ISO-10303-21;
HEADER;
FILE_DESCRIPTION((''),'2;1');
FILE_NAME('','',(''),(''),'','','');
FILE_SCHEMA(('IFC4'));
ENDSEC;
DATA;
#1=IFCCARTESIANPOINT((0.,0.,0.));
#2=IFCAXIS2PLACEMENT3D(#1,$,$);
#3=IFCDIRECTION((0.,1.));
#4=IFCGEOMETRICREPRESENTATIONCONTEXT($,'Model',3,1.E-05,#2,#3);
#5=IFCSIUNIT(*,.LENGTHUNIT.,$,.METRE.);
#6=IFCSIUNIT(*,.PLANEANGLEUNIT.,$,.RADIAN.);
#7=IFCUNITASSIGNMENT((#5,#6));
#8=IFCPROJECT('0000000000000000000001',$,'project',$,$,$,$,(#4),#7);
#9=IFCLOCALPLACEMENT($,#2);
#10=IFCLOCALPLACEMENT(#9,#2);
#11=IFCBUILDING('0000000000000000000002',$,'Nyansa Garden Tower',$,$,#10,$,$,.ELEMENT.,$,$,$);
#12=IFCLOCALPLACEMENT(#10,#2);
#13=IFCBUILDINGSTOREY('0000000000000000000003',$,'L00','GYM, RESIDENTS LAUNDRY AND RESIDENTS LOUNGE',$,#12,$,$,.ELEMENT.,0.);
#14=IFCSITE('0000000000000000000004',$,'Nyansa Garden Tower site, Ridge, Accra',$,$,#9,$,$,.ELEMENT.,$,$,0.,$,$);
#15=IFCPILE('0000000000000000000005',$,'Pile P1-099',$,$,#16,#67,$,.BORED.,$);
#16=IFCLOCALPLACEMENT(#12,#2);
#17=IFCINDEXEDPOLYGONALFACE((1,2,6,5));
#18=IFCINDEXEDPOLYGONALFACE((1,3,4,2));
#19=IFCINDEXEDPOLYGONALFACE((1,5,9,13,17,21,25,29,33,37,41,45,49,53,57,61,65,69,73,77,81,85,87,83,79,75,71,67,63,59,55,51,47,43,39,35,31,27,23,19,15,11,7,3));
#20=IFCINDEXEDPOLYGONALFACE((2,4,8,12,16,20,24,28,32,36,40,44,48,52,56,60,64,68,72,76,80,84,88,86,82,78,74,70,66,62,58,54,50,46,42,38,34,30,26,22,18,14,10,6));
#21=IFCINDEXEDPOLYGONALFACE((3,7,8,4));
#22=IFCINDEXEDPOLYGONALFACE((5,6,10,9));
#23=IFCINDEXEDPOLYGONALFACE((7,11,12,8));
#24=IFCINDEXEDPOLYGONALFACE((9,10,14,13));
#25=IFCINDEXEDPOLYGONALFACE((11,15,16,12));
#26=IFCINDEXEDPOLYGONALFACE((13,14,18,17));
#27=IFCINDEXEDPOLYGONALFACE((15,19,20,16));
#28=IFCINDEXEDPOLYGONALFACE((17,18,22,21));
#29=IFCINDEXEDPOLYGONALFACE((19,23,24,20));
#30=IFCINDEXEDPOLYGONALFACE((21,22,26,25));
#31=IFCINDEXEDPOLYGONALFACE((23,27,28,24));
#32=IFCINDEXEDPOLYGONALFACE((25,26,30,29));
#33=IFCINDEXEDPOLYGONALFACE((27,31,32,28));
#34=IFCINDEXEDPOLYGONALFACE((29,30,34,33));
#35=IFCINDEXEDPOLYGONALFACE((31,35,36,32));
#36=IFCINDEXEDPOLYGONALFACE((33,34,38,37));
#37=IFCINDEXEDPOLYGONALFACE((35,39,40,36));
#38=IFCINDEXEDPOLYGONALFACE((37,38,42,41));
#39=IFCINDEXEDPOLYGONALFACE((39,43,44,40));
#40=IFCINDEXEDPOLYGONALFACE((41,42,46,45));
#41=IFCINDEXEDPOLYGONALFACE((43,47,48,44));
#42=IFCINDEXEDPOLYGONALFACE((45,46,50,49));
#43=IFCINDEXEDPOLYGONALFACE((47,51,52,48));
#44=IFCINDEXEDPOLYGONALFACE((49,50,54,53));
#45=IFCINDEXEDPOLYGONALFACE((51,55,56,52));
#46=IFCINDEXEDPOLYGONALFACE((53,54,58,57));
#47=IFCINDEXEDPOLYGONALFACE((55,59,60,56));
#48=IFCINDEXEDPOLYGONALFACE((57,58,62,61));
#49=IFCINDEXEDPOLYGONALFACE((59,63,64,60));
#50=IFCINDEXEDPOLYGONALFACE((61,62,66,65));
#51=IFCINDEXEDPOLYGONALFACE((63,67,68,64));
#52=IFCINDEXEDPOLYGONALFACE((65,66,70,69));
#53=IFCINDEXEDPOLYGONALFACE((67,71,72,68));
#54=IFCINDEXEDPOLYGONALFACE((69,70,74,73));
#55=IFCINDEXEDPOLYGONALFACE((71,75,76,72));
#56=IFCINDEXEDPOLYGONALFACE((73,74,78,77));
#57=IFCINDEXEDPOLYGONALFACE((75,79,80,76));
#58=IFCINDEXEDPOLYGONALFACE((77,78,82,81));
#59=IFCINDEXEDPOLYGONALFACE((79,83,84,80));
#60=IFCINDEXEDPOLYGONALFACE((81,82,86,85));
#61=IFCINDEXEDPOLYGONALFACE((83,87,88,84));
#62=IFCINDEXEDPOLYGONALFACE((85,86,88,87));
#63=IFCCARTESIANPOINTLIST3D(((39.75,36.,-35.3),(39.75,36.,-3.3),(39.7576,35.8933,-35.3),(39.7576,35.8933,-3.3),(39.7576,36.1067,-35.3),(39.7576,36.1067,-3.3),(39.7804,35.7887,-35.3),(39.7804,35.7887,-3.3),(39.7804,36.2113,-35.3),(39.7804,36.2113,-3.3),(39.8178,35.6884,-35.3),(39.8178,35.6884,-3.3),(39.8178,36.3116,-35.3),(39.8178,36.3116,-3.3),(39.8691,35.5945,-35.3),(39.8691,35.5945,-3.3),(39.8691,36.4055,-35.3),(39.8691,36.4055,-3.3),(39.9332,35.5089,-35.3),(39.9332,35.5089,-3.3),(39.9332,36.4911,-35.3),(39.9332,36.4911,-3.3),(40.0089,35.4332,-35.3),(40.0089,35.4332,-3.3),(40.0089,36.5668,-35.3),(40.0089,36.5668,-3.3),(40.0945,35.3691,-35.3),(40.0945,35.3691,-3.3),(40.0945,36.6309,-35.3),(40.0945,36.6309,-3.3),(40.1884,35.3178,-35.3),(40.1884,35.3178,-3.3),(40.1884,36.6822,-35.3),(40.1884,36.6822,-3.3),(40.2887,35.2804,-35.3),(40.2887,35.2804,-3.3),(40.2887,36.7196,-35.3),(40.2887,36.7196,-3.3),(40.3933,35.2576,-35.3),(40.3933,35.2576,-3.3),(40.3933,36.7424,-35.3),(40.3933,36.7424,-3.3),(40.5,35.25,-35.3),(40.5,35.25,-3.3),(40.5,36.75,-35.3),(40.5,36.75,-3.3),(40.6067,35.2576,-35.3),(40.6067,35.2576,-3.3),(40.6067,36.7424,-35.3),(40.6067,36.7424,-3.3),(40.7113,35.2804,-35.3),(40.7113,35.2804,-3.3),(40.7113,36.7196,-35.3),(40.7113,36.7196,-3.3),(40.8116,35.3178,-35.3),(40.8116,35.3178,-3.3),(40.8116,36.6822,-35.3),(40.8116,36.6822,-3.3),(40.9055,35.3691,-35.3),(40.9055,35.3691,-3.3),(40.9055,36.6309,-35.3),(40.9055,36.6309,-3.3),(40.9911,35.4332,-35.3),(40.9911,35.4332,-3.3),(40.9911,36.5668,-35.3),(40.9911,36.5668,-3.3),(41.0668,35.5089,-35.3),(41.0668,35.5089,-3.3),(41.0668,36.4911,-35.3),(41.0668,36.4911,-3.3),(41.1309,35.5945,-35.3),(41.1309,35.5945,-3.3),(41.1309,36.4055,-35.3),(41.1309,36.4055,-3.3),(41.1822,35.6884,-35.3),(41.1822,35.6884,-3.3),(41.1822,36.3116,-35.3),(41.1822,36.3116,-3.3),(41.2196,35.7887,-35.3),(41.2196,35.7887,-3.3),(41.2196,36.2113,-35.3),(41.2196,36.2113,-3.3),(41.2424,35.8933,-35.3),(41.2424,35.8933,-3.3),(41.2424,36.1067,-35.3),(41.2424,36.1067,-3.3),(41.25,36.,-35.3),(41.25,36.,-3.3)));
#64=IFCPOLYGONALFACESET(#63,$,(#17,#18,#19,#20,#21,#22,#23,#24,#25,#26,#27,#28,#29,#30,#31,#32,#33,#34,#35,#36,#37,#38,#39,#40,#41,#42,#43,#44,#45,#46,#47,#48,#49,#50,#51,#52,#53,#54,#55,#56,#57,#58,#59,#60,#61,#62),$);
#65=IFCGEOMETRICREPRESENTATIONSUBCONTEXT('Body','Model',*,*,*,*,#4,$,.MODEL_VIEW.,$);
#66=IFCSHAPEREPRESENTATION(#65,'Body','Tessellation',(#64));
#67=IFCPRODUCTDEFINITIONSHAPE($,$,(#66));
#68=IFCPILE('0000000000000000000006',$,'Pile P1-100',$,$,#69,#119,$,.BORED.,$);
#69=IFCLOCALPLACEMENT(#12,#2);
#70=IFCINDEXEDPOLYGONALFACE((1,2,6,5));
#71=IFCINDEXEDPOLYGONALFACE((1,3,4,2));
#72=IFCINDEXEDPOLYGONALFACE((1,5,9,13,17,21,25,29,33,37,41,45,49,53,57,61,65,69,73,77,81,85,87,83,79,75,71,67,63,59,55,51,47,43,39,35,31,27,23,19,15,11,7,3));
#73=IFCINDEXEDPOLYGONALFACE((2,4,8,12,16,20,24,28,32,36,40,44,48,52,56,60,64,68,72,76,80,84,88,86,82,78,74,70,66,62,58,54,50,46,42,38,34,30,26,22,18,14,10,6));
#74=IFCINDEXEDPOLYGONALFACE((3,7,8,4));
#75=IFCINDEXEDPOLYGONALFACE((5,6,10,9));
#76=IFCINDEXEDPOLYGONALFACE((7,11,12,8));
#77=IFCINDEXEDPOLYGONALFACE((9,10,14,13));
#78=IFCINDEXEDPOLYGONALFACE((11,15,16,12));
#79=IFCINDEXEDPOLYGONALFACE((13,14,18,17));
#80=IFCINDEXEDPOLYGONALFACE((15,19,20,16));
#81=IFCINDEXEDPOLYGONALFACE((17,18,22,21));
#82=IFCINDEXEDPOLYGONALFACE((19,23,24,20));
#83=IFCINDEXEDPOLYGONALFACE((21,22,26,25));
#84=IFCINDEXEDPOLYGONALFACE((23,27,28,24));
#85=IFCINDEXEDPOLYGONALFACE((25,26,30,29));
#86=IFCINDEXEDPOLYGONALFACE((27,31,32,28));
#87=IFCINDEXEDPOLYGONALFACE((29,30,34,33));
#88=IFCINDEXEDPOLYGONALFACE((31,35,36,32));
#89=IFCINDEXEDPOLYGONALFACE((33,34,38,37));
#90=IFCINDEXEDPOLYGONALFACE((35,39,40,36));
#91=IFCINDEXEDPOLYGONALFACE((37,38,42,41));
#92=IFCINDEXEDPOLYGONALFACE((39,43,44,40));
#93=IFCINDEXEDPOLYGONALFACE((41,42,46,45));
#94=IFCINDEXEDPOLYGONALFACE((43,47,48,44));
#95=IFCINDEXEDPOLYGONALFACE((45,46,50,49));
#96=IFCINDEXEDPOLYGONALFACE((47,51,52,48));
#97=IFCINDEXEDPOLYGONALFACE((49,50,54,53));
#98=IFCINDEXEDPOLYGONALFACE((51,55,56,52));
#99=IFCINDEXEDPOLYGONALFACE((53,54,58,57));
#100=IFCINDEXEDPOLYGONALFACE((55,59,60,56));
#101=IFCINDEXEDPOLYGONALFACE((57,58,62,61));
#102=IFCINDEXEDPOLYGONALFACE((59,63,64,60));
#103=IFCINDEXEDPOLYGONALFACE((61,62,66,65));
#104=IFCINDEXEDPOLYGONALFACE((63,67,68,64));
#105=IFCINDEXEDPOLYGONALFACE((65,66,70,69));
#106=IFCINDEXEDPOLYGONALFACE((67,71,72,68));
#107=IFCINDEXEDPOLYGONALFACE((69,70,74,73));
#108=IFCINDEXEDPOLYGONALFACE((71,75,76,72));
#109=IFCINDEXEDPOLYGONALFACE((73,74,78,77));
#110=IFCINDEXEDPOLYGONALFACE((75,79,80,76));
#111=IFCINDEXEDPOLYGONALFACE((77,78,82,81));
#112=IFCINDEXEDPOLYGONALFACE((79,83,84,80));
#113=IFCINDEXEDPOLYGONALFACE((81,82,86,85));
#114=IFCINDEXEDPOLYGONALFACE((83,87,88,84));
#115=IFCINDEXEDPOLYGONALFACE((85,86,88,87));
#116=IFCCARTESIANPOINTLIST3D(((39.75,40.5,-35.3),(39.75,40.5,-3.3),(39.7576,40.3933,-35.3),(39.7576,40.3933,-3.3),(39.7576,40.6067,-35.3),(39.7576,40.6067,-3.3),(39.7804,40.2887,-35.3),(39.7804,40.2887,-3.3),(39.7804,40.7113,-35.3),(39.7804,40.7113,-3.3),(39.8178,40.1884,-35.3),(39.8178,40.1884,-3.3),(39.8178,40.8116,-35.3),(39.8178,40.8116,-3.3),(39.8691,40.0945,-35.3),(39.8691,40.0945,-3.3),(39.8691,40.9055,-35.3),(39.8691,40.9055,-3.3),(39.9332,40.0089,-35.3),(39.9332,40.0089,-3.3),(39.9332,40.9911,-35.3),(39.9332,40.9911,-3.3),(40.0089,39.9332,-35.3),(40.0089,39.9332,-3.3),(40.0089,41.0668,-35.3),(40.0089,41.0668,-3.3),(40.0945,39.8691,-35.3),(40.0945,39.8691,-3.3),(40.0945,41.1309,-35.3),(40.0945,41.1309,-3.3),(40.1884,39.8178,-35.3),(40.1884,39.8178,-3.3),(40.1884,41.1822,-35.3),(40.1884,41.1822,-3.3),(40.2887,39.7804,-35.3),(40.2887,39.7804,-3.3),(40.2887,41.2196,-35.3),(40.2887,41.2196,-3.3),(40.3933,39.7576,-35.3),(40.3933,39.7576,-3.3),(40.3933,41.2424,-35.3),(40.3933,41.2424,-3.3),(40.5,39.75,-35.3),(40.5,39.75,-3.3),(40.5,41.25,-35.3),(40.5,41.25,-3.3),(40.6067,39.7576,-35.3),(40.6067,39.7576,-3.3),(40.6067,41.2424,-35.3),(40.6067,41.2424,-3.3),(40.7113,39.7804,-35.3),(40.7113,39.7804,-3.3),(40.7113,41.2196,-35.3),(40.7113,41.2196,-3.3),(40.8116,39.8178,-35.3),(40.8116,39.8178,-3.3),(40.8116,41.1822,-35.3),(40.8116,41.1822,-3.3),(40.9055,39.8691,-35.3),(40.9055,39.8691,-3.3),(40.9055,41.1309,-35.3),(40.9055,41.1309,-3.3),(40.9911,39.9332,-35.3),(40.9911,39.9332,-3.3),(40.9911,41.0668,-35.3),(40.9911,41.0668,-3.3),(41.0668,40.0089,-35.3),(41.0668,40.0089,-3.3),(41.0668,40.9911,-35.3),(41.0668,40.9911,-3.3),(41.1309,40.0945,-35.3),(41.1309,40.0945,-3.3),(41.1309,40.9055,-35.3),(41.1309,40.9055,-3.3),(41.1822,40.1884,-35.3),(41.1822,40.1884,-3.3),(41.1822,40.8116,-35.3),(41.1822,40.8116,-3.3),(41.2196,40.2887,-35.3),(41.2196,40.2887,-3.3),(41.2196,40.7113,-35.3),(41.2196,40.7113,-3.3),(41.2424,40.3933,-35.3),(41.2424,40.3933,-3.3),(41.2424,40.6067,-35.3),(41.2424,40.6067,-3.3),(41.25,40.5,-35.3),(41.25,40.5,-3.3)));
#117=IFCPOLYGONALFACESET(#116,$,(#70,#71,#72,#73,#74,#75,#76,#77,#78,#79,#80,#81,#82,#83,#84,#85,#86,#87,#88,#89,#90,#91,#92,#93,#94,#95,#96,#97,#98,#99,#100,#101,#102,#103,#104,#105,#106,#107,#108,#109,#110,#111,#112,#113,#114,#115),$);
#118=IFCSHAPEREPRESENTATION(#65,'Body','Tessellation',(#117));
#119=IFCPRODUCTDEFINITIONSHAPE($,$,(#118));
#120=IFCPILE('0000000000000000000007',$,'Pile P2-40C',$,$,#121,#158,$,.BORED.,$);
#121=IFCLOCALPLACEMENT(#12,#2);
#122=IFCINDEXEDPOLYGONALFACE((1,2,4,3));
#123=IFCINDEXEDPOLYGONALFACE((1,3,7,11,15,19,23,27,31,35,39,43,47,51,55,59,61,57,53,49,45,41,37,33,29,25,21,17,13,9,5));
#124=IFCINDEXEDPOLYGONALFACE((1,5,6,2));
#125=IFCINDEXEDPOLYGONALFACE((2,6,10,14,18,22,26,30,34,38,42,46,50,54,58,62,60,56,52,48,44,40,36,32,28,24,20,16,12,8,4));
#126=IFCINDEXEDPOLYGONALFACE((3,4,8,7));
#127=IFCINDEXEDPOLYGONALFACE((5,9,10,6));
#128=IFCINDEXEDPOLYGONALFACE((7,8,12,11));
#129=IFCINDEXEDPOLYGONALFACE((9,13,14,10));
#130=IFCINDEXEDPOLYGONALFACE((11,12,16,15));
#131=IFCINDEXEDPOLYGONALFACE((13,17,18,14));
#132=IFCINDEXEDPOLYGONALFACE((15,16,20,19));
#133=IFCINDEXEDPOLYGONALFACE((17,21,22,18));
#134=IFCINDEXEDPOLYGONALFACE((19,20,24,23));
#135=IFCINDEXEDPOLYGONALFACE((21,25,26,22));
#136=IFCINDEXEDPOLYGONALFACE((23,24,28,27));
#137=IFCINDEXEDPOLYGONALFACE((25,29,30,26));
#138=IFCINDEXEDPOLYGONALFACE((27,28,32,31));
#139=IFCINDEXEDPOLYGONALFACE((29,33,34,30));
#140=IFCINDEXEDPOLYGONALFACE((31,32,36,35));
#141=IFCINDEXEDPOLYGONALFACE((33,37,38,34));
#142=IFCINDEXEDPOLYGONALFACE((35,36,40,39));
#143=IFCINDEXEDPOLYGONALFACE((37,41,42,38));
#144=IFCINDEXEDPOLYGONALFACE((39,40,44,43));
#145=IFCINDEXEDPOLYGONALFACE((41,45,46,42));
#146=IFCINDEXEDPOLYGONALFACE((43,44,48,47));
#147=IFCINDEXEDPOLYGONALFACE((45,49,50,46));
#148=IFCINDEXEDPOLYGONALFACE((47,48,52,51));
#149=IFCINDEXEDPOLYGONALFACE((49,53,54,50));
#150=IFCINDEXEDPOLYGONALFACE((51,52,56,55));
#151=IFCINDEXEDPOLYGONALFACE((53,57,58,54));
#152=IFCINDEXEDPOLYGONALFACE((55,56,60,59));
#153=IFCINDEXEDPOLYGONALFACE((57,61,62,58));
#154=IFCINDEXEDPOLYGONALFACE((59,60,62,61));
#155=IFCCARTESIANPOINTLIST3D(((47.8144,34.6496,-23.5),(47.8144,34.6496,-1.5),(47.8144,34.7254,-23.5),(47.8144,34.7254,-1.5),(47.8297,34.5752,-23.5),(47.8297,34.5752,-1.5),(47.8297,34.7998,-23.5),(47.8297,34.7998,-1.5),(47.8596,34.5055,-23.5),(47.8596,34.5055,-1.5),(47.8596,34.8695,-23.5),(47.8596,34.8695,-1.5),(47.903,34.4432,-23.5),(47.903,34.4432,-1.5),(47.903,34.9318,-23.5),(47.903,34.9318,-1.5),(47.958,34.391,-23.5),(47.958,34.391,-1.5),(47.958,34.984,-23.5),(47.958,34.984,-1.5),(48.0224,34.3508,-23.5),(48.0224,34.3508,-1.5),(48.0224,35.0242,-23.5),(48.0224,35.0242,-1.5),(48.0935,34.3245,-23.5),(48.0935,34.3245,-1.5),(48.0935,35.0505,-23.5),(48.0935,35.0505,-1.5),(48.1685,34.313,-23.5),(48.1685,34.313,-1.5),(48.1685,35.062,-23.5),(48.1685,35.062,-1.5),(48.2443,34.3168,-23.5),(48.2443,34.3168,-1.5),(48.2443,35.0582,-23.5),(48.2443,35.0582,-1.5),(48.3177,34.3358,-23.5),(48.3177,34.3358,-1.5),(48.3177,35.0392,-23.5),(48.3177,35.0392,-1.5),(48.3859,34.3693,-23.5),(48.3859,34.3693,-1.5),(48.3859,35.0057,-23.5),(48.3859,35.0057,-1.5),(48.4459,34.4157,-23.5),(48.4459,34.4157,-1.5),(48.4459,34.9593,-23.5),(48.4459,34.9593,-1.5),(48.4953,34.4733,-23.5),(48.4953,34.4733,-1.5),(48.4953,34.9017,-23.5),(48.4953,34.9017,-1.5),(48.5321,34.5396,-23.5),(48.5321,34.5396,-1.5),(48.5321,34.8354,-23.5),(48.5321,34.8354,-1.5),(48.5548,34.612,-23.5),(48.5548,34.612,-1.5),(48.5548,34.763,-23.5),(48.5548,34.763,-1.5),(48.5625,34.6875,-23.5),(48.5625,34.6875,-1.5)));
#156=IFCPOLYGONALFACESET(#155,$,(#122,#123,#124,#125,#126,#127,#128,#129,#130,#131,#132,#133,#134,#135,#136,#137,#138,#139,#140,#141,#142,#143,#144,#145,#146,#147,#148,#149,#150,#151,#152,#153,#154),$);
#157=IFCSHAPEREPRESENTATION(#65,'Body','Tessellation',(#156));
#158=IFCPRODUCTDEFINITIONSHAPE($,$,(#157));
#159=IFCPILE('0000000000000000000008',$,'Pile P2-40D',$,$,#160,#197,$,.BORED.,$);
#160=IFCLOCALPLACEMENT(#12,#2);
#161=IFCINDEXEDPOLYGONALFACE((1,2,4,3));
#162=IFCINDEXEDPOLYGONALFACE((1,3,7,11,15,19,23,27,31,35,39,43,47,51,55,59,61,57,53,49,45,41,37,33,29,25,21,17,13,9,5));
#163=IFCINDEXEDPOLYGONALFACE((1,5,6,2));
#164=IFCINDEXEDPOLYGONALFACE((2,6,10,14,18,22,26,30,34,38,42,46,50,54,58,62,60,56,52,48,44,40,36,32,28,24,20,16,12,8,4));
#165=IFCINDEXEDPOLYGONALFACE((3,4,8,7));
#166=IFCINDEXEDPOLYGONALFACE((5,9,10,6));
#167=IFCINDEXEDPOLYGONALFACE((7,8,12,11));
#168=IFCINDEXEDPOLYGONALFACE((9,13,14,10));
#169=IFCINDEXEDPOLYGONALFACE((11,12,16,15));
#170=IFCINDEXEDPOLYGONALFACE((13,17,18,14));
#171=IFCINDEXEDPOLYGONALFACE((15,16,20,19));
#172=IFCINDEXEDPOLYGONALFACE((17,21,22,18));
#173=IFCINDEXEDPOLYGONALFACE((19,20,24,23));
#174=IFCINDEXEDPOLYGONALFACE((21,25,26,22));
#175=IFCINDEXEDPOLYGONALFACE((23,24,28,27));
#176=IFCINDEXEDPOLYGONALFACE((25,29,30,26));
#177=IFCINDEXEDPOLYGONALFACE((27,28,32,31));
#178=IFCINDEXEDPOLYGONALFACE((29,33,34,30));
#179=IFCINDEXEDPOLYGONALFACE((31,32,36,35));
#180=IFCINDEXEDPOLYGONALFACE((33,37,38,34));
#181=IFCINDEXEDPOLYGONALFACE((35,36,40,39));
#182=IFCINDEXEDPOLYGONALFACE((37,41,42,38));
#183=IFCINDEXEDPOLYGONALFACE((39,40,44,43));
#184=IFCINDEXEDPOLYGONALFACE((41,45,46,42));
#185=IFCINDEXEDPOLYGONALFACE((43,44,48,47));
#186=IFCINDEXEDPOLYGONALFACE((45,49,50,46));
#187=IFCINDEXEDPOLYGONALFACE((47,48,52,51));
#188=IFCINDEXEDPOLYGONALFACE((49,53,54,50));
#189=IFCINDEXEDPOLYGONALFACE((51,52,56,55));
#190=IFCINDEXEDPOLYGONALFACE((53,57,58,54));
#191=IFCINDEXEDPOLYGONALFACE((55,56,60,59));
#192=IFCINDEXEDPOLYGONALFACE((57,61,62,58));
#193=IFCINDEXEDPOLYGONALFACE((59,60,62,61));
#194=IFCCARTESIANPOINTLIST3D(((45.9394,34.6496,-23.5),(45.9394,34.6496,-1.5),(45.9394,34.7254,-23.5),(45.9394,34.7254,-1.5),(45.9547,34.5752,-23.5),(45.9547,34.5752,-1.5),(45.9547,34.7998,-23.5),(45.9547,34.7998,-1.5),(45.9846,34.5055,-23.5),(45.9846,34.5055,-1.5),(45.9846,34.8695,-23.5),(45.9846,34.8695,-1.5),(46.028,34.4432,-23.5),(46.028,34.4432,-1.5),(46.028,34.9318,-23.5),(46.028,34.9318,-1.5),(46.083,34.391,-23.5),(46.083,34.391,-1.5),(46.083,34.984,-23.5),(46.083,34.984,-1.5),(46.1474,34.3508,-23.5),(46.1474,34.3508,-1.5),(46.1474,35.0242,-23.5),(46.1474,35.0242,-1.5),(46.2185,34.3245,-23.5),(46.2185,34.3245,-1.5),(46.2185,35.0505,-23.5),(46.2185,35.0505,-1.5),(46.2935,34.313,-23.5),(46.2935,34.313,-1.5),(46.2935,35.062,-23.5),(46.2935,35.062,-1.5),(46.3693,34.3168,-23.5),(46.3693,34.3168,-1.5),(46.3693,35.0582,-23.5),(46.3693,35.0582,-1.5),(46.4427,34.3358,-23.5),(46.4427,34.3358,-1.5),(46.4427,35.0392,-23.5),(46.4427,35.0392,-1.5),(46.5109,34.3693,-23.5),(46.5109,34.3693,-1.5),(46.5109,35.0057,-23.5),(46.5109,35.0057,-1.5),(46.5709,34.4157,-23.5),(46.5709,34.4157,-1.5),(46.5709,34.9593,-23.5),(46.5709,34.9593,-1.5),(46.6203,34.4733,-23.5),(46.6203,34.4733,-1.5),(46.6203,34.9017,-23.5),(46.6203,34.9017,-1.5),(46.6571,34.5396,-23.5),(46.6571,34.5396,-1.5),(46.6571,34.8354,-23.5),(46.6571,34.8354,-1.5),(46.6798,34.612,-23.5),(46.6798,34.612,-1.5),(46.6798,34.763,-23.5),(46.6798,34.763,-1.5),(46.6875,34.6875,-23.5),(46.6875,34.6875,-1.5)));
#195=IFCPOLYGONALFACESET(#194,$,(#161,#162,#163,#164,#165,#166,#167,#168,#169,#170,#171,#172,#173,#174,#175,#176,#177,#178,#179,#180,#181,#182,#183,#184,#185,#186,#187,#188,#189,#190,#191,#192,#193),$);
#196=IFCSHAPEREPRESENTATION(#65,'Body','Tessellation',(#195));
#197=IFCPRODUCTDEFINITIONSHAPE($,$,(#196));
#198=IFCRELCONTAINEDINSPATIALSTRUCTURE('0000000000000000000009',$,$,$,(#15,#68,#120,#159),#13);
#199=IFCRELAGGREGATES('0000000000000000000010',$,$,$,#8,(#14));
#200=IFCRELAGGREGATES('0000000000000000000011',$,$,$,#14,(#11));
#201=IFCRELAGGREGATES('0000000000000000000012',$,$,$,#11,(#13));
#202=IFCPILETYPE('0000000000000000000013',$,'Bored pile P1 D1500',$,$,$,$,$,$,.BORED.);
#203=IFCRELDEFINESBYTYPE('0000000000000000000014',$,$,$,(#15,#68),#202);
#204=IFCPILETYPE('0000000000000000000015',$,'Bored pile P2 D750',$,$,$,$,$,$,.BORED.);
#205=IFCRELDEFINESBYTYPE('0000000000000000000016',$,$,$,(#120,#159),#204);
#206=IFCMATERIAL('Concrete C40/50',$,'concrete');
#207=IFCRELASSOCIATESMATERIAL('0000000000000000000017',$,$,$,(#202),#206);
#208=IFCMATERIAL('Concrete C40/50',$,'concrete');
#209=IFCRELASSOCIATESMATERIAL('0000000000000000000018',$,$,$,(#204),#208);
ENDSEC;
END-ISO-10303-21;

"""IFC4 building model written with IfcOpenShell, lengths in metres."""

from ifc_helpers import new_model, si_unit, direction, frame, origin, origin_2d, place, context, subcontext, project, spatial, circle, extrude, material, type_object, element, save


model = new_model("IFC4")

# Units and contexts
model_context = context("Model", 3, precision=1e-05, world=origin(), true_north=direction((0.0, 1.0)))
body_context = subcontext(model_context, "Body", "Model", "MODEL_VIEW")
ifc_project = project(units=[si_unit("LENGTHUNIT", "METRE"), si_unit("PLANEANGLEUNIT", "RADIAN")], contexts=[model_context])

# Site, building, storey
site_placement = place(None, origin())
site = spatial("IfcSite", under=ifc_project, at=site_placement, Name="Nyansa Garden Tower site, Ridge, Accra", CompositionType="ELEMENT", RefElevation=0.0)
building_placement = place(site_placement, origin())
building = spatial("IfcBuilding", under=site, at=building_placement, Name="Nyansa Garden Tower", CompositionType="ELEMENT")
storey_placement = place(building_placement, origin())
storey = spatial("IfcBuildingStorey", under=building, at=storey_placement, Name="L00", Description="GYM, RESIDENTS LAUNDRY AND RESIDENTS LOUNGE", CompositionType="ELEMENT", Elevation=0.0)

# Piles
ifc_material_1 = material(Name="Concrete C40/50", Category="concrete")
pile_type_1 = type_object("IfcPileType", Name="Bored pile P1 D1500", PredefinedType="BORED", material=ifc_material_1)
for number, where, z_axis, x_axis, name in (
    (1, (40.5, 36.0, -3.3), (0.0, 0.0, -1.0), (1.0, 0.0, 0.0), "Pile P1-099"),
    (2, (40.5, 40.5, -3.3), (0.0, 0.0, -1.0), (1.0, 0.0, 0.0), "Pile P1-100"),
):
    element("IfcPile", number, at=place(storey_placement, frame(where, z_axis=z_axis, x_axis=x_axis)), inside=storey, type_object=pile_type_1, Name=name, PredefinedType="BORED", context=body_context, shape_type="SweptSolid", body=[
        extrude(circle(Radius=0.75, at=origin_2d()), origin(), (0.0, 0.0, 1.0), 32.0),
    ])
ifc_material_2 = material(Name="Concrete C40/50", Category="concrete")
pile_type_2 = type_object("IfcPileType", Name="Bored pile P2 D750", PredefinedType="BORED", material=ifc_material_2)
for number, where, z_axis, x_axis, name in (
    (3, (48.1875, 34.6875, -1.5), (0.0, 0.0, -1.0), (1.0, 0.0, 0.0), "Pile P2-40C"),
    (4, (46.3125, 34.6875, -1.5), (0.0, 0.0, -1.0), (1.0, 0.0, 0.0), "Pile P2-40D"),
):
    element("IfcPile", number, at=place(storey_placement, frame(where, z_axis=z_axis, x_axis=x_axis)), inside=storey, type_object=pile_type_2, Name=name, PredefinedType="BORED", context=body_context, shape_type="SweptSolid", body=[
        extrude(circle(Radius=0.375, at=origin_2d()), origin(), (0.0, 0.0, 1.0), 22.0),
    ])

save(model, "model.ifc")
